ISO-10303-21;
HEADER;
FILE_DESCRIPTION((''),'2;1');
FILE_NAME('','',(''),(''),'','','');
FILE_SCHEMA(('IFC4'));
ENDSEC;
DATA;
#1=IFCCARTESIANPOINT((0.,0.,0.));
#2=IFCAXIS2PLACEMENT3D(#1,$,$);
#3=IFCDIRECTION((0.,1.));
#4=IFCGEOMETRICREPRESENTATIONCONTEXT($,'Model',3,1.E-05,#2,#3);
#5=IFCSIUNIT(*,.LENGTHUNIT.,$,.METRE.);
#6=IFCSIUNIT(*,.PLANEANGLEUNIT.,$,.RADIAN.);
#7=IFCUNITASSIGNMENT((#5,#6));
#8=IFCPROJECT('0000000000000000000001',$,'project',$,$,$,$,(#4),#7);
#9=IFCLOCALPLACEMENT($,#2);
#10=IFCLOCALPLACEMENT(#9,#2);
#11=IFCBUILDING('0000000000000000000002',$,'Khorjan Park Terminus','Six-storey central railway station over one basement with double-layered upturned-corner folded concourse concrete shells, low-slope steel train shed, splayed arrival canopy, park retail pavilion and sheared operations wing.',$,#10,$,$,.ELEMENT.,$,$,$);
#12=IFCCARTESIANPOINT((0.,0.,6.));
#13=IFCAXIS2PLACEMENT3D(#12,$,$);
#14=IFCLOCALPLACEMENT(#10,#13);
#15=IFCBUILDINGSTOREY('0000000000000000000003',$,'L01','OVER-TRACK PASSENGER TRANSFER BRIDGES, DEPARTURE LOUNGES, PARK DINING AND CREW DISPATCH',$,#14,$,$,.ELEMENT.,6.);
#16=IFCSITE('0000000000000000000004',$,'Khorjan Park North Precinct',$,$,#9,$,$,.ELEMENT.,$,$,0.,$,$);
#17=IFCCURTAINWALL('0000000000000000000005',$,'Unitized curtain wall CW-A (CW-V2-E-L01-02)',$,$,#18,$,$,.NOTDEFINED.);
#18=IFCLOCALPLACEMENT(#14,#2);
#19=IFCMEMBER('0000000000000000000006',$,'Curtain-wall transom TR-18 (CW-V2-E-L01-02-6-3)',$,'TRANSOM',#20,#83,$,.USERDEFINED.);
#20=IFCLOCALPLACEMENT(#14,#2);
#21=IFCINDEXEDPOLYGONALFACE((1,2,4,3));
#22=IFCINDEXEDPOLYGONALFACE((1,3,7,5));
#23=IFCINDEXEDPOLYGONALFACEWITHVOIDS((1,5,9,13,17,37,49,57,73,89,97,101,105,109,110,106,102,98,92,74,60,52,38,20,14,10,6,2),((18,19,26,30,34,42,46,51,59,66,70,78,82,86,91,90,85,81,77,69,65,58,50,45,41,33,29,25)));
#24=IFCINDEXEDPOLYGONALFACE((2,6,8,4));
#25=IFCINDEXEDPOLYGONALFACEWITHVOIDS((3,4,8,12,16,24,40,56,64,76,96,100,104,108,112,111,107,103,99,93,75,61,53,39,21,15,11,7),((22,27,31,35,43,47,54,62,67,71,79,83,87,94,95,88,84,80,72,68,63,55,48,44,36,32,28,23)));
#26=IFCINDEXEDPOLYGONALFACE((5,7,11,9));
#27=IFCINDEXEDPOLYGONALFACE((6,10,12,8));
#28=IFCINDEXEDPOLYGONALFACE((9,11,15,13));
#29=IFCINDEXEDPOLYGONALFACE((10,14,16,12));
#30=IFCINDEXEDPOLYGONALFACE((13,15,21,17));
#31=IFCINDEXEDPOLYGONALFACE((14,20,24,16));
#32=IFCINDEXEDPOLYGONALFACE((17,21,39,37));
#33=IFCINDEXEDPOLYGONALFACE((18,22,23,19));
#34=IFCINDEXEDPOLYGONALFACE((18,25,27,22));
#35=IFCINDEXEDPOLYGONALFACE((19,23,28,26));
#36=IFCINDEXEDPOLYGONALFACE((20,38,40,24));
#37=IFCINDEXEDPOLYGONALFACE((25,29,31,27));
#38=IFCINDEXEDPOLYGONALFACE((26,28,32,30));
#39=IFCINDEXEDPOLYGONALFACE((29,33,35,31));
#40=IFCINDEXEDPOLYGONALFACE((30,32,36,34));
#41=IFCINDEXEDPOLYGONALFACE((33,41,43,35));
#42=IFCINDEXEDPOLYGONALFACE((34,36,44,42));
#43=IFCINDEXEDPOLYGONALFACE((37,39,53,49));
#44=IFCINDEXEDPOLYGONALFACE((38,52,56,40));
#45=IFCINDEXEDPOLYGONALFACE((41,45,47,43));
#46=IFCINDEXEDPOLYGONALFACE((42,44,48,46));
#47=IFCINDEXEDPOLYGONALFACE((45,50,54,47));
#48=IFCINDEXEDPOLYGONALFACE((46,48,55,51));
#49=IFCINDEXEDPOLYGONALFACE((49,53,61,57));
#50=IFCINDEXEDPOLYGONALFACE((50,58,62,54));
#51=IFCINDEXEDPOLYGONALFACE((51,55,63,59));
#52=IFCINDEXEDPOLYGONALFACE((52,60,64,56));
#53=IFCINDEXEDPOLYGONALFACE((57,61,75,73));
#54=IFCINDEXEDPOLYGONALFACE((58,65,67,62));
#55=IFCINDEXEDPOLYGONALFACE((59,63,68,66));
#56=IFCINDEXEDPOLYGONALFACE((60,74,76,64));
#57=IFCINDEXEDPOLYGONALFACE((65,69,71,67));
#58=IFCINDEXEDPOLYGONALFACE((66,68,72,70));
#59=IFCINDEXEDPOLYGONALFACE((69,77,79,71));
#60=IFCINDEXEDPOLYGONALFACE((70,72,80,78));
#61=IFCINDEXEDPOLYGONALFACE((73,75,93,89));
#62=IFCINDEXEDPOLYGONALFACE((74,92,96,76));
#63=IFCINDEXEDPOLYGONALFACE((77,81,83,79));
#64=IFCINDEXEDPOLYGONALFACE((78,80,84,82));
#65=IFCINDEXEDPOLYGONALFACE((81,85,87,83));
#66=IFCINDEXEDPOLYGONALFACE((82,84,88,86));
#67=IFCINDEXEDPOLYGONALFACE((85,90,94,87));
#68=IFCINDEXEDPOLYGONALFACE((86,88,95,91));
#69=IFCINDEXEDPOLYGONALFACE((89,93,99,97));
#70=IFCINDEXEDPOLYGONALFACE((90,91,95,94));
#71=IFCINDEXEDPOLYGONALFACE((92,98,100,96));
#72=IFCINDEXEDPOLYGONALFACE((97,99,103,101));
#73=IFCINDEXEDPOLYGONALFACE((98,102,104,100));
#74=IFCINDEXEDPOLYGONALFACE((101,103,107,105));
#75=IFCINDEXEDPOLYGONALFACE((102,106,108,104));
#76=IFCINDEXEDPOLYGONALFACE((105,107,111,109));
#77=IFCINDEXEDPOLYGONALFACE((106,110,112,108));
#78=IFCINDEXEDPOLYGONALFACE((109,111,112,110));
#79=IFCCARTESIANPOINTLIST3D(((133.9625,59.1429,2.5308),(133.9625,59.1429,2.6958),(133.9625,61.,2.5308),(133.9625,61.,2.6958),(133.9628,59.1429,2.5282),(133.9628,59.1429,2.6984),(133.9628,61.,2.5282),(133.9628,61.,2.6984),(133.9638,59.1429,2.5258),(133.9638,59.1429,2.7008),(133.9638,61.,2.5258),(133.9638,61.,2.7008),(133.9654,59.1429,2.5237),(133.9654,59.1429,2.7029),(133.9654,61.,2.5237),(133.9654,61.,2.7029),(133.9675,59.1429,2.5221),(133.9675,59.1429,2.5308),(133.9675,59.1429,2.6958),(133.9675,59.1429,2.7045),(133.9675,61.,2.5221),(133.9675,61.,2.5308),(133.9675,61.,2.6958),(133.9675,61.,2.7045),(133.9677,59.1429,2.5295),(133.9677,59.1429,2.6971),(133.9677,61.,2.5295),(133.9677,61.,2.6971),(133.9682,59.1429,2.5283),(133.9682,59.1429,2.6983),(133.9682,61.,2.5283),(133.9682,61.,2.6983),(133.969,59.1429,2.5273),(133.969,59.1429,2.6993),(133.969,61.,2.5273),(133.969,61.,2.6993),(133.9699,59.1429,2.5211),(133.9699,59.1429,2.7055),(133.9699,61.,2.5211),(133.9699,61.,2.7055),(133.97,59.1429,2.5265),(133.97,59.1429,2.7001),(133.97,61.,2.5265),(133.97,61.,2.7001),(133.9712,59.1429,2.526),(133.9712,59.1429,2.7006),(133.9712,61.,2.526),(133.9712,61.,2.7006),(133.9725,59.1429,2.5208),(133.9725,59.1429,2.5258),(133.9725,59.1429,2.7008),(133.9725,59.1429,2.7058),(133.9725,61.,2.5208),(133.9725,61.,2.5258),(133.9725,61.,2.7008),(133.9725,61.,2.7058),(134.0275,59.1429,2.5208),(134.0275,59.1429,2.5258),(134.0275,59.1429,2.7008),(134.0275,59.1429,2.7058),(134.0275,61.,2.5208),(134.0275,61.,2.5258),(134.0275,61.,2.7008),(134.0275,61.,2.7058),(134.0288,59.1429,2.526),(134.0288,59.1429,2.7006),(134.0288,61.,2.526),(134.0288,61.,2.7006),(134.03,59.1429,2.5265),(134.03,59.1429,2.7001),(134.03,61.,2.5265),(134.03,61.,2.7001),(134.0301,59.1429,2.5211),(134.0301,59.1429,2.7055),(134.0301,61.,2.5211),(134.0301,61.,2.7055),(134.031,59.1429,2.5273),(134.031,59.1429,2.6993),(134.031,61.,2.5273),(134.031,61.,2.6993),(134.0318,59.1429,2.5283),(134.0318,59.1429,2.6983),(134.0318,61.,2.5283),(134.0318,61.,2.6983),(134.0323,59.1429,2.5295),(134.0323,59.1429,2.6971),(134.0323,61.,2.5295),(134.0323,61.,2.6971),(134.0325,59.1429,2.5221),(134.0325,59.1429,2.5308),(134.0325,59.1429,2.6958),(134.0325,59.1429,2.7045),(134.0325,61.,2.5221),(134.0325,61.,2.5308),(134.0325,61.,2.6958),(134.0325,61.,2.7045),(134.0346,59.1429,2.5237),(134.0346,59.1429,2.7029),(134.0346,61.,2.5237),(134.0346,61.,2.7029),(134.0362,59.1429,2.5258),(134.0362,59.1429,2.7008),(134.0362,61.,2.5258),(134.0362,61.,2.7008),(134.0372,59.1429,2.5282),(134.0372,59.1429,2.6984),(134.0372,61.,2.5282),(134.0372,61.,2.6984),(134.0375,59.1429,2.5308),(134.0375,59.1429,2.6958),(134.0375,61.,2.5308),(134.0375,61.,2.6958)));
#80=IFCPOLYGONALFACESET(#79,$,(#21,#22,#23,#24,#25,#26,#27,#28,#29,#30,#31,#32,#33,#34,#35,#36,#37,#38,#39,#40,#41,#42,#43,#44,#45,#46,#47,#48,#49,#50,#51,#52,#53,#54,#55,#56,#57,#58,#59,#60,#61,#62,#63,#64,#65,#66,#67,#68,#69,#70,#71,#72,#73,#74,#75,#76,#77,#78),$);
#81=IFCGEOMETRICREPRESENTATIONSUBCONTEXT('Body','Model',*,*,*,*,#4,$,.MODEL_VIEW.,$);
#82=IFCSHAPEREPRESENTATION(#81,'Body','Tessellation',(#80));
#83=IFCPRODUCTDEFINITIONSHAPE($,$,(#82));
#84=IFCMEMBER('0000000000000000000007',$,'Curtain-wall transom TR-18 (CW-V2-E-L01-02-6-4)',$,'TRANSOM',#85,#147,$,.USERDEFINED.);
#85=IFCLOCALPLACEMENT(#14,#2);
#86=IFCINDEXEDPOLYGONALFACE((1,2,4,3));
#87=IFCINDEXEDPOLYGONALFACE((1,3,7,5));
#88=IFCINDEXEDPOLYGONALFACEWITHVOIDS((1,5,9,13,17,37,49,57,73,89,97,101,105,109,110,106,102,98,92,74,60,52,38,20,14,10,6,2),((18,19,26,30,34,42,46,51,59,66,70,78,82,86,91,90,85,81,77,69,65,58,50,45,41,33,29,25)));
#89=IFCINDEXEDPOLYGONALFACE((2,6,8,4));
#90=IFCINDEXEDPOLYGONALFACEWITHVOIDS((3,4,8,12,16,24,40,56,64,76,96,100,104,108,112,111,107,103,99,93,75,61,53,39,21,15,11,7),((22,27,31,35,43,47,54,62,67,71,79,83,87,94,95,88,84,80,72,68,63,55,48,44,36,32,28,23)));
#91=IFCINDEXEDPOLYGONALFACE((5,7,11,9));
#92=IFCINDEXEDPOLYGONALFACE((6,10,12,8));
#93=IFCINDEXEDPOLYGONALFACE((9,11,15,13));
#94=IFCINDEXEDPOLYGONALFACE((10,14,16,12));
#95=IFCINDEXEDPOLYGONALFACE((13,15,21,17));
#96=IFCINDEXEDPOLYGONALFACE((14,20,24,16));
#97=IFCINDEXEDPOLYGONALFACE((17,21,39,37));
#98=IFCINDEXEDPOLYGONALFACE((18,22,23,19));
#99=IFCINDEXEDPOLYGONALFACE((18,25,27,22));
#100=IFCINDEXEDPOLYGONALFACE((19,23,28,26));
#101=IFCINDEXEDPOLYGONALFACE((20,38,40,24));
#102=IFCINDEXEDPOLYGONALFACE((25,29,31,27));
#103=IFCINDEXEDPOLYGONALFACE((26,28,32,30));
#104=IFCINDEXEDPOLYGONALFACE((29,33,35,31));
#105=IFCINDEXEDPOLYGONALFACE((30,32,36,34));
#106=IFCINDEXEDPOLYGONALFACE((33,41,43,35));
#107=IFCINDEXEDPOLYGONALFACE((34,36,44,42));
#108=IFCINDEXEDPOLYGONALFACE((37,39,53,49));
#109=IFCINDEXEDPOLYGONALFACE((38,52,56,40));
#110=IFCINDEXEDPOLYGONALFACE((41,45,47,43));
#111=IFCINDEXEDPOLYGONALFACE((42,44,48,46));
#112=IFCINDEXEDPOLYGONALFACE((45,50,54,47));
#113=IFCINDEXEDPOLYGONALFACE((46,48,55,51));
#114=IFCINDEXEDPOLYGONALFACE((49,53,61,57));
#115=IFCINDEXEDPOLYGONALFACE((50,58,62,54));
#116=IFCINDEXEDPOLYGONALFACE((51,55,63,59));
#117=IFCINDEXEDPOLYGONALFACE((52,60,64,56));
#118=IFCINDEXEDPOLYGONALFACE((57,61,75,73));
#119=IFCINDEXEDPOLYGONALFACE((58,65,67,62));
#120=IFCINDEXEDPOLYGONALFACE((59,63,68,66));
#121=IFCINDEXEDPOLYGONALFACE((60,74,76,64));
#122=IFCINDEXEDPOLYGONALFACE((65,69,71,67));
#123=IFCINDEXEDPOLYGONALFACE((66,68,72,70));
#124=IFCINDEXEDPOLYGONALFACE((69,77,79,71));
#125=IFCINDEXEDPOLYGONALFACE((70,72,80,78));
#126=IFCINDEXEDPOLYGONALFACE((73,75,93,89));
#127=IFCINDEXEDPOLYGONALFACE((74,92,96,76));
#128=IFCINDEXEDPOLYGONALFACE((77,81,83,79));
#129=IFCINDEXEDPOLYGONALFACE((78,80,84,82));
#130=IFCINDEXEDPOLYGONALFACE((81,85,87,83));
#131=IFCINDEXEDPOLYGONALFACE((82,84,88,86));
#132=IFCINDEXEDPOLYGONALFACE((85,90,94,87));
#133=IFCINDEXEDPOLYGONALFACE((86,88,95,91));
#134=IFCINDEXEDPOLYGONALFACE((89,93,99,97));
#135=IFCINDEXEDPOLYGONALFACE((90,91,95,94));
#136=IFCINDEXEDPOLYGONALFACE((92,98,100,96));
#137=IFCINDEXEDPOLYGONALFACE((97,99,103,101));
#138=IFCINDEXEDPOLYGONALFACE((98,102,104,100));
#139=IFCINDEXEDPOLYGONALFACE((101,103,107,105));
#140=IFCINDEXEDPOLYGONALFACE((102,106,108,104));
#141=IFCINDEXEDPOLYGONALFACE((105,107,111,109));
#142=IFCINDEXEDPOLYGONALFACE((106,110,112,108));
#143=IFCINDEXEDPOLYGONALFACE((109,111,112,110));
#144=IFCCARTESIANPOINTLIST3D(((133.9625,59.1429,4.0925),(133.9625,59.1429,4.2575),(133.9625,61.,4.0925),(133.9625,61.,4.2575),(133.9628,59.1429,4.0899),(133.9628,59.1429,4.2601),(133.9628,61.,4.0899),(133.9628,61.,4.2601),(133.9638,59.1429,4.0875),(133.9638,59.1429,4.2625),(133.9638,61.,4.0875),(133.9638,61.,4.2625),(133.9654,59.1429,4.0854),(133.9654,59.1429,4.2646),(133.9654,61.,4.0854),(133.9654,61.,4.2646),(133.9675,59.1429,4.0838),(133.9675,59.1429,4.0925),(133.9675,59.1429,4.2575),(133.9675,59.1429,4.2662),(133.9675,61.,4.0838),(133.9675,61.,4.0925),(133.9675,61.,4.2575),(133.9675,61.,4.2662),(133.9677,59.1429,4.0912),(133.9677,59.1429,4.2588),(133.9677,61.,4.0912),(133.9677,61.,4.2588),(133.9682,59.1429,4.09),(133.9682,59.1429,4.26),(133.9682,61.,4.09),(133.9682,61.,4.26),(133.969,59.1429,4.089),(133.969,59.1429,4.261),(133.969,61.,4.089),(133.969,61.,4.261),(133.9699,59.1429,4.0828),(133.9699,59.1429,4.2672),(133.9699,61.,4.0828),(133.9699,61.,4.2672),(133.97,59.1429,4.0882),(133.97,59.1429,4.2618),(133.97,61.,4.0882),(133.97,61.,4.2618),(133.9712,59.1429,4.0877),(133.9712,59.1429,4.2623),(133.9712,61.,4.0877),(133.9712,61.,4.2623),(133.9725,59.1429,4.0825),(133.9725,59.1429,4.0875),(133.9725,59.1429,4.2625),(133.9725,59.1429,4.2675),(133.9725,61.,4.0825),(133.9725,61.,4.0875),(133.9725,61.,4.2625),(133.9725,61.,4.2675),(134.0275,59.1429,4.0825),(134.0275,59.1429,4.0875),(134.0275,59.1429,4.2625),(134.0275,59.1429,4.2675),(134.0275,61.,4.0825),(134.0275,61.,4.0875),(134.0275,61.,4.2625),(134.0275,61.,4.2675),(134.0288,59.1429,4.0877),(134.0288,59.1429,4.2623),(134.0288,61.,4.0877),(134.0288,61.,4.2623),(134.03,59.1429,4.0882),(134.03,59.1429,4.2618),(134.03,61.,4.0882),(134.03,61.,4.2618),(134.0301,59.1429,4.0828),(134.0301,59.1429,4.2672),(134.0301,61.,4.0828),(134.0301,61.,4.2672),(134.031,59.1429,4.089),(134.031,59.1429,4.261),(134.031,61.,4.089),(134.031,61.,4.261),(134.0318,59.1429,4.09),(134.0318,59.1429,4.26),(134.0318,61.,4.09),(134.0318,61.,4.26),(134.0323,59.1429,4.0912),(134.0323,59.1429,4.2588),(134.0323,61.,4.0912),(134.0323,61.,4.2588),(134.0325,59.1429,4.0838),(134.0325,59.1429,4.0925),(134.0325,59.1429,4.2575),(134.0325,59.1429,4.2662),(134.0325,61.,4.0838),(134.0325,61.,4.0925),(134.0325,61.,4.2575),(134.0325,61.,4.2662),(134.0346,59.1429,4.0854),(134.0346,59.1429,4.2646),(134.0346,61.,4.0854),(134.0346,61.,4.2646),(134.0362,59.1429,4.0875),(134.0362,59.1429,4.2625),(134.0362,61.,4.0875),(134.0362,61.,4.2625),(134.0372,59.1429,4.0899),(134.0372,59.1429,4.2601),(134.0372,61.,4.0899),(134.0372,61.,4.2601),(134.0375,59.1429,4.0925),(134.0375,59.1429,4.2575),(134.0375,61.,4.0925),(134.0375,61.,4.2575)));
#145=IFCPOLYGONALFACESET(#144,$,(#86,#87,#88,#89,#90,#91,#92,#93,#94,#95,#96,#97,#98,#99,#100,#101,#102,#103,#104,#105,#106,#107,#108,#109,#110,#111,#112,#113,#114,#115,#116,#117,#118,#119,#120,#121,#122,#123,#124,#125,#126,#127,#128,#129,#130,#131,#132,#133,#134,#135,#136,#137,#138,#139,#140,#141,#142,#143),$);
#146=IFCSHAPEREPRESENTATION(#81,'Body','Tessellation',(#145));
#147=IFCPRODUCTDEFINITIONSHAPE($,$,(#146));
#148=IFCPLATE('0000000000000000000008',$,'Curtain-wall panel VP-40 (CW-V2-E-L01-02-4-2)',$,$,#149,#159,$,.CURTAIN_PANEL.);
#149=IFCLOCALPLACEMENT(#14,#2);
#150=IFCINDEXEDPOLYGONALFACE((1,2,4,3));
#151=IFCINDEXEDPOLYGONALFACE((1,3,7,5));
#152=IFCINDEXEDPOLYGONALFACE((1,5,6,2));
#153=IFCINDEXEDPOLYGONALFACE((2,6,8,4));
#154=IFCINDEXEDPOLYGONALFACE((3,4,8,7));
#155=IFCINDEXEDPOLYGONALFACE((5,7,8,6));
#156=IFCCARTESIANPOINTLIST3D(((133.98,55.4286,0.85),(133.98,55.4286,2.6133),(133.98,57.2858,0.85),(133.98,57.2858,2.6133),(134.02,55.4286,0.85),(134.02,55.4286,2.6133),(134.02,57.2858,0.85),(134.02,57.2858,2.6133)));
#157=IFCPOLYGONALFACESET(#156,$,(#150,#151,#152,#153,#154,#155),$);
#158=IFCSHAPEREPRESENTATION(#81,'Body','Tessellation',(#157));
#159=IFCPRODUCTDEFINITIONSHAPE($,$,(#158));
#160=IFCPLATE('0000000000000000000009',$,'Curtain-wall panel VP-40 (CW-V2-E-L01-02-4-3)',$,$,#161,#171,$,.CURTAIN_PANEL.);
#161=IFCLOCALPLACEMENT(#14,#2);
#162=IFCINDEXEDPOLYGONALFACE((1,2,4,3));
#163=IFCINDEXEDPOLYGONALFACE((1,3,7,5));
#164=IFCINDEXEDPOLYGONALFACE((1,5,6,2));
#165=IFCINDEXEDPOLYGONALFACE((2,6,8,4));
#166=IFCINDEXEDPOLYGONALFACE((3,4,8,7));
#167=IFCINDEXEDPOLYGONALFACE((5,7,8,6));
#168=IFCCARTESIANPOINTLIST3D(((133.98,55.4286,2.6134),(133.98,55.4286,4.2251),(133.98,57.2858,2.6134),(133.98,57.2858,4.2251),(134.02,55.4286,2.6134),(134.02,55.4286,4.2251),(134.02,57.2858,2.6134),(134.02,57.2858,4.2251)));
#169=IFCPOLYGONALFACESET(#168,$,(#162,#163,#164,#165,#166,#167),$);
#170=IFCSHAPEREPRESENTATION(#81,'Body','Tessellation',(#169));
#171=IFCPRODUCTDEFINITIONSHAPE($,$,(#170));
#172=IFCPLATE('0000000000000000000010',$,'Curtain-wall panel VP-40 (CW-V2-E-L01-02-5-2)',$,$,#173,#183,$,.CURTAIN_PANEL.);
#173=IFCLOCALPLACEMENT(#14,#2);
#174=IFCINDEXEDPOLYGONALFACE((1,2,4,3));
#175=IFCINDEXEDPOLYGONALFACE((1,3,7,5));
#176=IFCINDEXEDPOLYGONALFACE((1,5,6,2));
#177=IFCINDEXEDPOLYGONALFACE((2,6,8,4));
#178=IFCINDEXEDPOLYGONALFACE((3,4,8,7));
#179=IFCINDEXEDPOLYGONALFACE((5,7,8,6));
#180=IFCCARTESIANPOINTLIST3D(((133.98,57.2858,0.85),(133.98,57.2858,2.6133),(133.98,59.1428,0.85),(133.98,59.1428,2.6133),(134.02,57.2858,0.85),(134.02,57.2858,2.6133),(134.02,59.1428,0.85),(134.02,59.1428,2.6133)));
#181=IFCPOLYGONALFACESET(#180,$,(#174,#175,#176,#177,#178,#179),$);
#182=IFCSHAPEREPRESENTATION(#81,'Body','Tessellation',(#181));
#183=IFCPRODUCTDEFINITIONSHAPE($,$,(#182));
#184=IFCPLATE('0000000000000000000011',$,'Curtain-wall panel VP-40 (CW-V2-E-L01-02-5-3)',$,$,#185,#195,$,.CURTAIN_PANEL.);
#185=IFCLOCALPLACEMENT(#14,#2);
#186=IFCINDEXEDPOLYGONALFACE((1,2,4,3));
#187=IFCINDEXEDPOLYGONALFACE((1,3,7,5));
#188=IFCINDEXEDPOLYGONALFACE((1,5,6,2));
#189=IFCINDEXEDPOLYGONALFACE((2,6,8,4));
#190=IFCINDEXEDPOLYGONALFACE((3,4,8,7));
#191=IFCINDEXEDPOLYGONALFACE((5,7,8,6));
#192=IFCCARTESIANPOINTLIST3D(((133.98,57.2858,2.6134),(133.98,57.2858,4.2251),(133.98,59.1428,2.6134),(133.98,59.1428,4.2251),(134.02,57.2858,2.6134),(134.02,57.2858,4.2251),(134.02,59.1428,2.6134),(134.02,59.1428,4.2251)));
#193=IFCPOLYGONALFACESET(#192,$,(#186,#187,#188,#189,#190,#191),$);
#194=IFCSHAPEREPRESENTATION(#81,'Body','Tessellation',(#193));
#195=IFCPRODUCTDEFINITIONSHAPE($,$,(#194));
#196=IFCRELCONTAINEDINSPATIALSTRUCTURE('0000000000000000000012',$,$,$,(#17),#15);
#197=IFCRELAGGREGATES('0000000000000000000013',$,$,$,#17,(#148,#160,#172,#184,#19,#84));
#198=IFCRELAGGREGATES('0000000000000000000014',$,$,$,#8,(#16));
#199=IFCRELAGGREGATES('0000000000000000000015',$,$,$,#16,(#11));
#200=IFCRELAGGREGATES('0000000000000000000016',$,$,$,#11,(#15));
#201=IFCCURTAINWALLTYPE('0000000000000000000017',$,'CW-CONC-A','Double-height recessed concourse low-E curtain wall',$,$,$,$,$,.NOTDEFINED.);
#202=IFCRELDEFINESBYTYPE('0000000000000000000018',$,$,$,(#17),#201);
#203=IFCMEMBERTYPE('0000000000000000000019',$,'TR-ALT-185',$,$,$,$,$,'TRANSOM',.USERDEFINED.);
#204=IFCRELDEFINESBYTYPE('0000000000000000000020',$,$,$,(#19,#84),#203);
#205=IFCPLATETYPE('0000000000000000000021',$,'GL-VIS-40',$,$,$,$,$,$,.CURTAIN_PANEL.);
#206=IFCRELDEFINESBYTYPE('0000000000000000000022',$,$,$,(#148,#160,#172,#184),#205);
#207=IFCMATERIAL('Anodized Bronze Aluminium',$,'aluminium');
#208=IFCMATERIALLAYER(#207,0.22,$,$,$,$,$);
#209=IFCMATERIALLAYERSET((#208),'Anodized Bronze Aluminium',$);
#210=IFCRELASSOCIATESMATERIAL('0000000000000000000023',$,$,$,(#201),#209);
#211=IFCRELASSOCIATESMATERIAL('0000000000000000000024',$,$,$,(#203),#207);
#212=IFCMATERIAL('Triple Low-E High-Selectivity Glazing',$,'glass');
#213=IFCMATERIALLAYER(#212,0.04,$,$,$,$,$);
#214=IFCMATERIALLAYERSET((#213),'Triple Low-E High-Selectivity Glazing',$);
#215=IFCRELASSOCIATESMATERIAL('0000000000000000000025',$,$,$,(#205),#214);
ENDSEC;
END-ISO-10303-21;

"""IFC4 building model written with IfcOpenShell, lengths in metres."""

from ifc_helpers import new_model, si_unit, direction, frame, origin, origin_2d, place, context, subcontext, project, spatial, rectangle, hollow_rectangle, extrude, material, layer, layer_set, material_profile, profile_set, type_object, element, aggregate, save


model = new_model("IFC4")

# Units and contexts
model_context = context("Model", 3, precision=1e-05, world=origin(), true_north=direction((0.0, 1.0)))
body_context = subcontext(model_context, "Body", "Model", "MODEL_VIEW")
ifc_project = project(units=[si_unit("LENGTHUNIT", "METRE"), si_unit("PLANEANGLEUNIT", "RADIAN")], contexts=[model_context])

# Site, building, storey
site_placement = place(None, origin())
site = spatial("IfcSite", under=ifc_project, at=site_placement, Name="Khorjan Park North Precinct", CompositionType="ELEMENT", RefElevation=0.0)
building_placement = place(site_placement, origin())
building = spatial("IfcBuilding", under=site, at=building_placement, Name="Khorjan Park Terminus", Description="Six-storey central railway station over one basement with double-layered upturned-corner folded concourse concrete shells, low-slope steel train shed, splayed arrival canopy, park retail pavilion and sheared operations wing.", CompositionType="ELEMENT")
storey_placement = place(building_placement, frame((0.0, 0.0, 6.0)))
storey = spatial("IfcBuildingStorey", under=building, at=storey_placement, Name="L01", Description="OVER-TRACK PASSENGER TRANSFER BRIDGES, DEPARTURE LOUNGES, PARK DINING AND CREW DISPATCH", CompositionType="ELEMENT", Elevation=6.0)

# Curtain wall
ifc_material_1 = material(Name="Anodized Bronze Aluminium", Category="aluminium")
ifc_layer_1 = layer(ifc_material_1, 0.22)
ifc_layer_set_1 = layer_set([ifc_layer_1], Name="Anodized Bronze Aluminium")
curtain_wall_type = type_object("IfcCurtainWallType", Name="CW-CONC-A", Description="Double-height recessed concourse low-E curtain wall", PredefinedType="NOTDEFINED", material=ifc_layer_set_1)
curtain_wall_placement = place(storey_placement, origin())
curtain_wall = element("IfcCurtainWall", 1, at=curtain_wall_placement, inside=storey, type_object=curtain_wall_type, Name="Unitized curtain wall CW-A (CW-V2-E-L01-02)", PredefinedType="NOTDEFINED")

# Members
ifc_material_profile_1 = material_profile(ifc_material_1, hollow_rectangle(XDim=0.075, YDim=0.185, WallThickness=0.005, InnerFilletRadius=0.005, OuterFilletRadius=0.01, at=origin_2d()), Name="ALT 75x185x5")
ifc_profile_set_1 = profile_set([ifc_material_profile_1], Name="Anodized Bronze Aluminium")
member_type_1 = type_object("IfcMemberType", Name="TR-ALT-185", ElementType="TRANSOM", PredefinedType="USERDEFINED", material=ifc_profile_set_1)
member_1_placement = place(storey_placement, frame((134.0, 59.1429, 2.6133), z_axis=(0.0, 1.0, 0.0), x_axis=(-1.0, 0.0, 0.0)))
member_1 = element("IfcMember", 2, at=member_1_placement, type_object=member_type_1, Name="Curtain-wall transom TR-18 (CW-V2-E-L01-02-6-3)", ObjectType="TRANSOM", PredefinedType="USERDEFINED", context=body_context, shape_type="SweptSolid", body=[
    extrude(hollow_rectangle(XDim=0.075, YDim=0.185, WallThickness=0.005, InnerFilletRadius=0.005, OuterFilletRadius=0.01, at=origin_2d()), origin(), (0.0, 0.0, 1.0), 1.8571),
])
member_2_placement = place(storey_placement, frame((134.0, 59.1429, 4.175), z_axis=(0.0, 1.0, 0.0), x_axis=(-1.0, 0.0, 0.0)))
member_2 = element("IfcMember", 3, at=member_2_placement, type_object=member_type_1, Name="Curtain-wall transom TR-18 (CW-V2-E-L01-02-6-4)", ObjectType="TRANSOM", PredefinedType="USERDEFINED", context=body_context, shape_type="SweptSolid", body=[
    extrude(hollow_rectangle(XDim=0.075, YDim=0.185, WallThickness=0.005, InnerFilletRadius=0.005, OuterFilletRadius=0.01, at=origin_2d()), origin(), (0.0, 0.0, 1.0), 1.8571),
])

# Plates
ifc_material_2 = material(Name="Triple Low-E High-Selectivity Glazing", Category="glass")
ifc_layer_2 = layer(ifc_material_2, 0.04)
ifc_layer_set_2 = layer_set([ifc_layer_2], Name="Triple Low-E High-Selectivity Glazing")
plate_type_1 = type_object("IfcPlateType", Name="GL-VIS-40", PredefinedType="CURTAIN_PANEL", material=ifc_layer_set_2)
plate_1_placement = place(storey_placement, frame((134.0, 56.3572, 0.85), z_axis=(0.0, 0.0, 1.0), x_axis=(0.0, 1.0, 0.0)))
plate_1 = element("IfcPlate", 4, at=plate_1_placement, type_object=plate_type_1, Name="Curtain-wall panel VP-40 (CW-V2-E-L01-02-4-2)", PredefinedType="CURTAIN_PANEL", context=body_context, shape_type="SweptSolid", body=[
    extrude(rectangle(XDim=1.8571, YDim=0.04, at=origin_2d()), origin(), (0.0, 0.0, 1.0), 1.7633),
])
plate_2_placement = place(storey_placement, frame((134.0, 56.3572, 2.6134), z_axis=(0.0, 0.0, 1.0), x_axis=(0.0, 1.0, 0.0)))
plate_2 = element("IfcPlate", 5, at=plate_2_placement, type_object=plate_type_1, Name="Curtain-wall panel VP-40 (CW-V2-E-L01-02-4-3)", PredefinedType="CURTAIN_PANEL", context=body_context, shape_type="SweptSolid", body=[
    extrude(rectangle(XDim=1.8571, YDim=0.04, at=origin_2d()), origin(), (0.0, 0.0, 1.0), 1.6117),
])
plate_3_placement = place(storey_placement, frame((134.0, 58.2143, 0.85), z_axis=(0.0, 0.0, 1.0), x_axis=(0.0, 1.0, 0.0)))
plate_3 = element("IfcPlate", 6, at=plate_3_placement, type_object=plate_type_1, Name="Curtain-wall panel VP-40 (CW-V2-E-L01-02-5-2)", PredefinedType="CURTAIN_PANEL", context=body_context, shape_type="SweptSolid", body=[
    extrude(rectangle(XDim=1.8571, YDim=0.04, at=origin_2d()), origin(), (0.0, 0.0, 1.0), 1.7633),
])
plate_4_placement = place(storey_placement, frame((134.0, 58.2143, 2.6134), z_axis=(0.0, 0.0, 1.0), x_axis=(0.0, 1.0, 0.0)))
plate_4 = element("IfcPlate", 7, at=plate_4_placement, type_object=plate_type_1, Name="Curtain-wall panel VP-40 (CW-V2-E-L01-02-5-3)", PredefinedType="CURTAIN_PANEL", context=body_context, shape_type="SweptSolid", body=[
    extrude(rectangle(XDim=1.8571, YDim=0.04, at=origin_2d()), origin(), (0.0, 0.0, 1.0), 1.6117),
])
aggregate(curtain_wall, [plate_1, plate_2, plate_3, plate_4, member_1, member_2])

save(model, "model.ifc")
